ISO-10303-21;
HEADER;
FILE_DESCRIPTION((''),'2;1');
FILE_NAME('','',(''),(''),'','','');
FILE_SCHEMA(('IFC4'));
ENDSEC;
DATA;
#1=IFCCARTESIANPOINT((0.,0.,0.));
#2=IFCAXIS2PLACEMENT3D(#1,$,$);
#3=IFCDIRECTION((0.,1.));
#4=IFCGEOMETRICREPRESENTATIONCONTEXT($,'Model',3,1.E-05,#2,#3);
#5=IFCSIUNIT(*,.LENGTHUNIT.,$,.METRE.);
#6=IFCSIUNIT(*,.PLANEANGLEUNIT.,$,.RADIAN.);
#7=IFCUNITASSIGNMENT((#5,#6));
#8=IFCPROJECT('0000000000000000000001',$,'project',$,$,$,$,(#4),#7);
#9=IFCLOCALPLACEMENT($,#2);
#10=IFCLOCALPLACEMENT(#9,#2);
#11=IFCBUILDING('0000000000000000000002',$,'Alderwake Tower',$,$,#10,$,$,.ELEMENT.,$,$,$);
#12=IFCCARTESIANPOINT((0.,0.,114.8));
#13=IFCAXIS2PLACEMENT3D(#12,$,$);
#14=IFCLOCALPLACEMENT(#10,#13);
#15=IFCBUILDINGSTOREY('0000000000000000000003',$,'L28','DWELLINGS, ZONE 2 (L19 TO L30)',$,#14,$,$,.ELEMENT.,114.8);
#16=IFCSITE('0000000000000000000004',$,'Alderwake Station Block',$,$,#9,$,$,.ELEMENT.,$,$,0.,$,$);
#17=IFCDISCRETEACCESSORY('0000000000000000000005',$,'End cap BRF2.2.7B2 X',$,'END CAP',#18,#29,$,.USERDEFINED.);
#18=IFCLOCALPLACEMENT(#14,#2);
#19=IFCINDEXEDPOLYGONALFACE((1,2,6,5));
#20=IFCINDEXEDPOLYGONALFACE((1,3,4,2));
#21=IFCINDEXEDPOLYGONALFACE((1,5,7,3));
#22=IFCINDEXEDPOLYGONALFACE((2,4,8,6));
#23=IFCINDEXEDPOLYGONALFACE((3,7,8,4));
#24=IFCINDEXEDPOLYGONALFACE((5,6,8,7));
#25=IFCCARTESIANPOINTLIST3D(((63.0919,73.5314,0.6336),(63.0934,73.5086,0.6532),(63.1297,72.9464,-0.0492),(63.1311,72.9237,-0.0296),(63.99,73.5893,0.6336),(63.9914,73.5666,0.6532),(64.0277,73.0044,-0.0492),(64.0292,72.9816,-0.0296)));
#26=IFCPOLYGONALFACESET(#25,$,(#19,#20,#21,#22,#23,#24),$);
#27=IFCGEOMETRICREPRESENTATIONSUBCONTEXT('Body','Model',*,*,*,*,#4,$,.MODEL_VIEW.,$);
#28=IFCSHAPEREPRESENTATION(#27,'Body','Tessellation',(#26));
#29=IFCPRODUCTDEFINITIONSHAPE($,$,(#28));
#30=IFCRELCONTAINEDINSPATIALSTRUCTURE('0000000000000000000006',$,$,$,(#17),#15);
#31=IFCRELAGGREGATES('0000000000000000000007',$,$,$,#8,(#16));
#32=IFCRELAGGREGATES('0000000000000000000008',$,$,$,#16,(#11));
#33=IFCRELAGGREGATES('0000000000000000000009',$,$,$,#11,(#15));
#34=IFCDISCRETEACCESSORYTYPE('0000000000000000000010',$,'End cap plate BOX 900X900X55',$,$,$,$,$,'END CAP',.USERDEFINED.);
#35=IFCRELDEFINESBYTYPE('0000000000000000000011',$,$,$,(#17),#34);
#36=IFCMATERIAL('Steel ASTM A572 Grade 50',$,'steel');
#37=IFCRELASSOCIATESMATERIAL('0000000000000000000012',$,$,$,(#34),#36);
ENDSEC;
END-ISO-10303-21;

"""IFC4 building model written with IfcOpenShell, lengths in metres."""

from ifc_helpers import new_model, si_unit, direction, frame, origin, origin_2d, place, context, subcontext, project, spatial, rectangle, extrude, material, material_profile, profile_set, type_object, element, save


model = new_model("IFC4")

# Units and contexts
model_context = context("Model", 3, precision=1e-05, world=origin(), true_north=direction((0.0, 1.0)))
body_context = subcontext(model_context, "Body", "Model", "MODEL_VIEW")
ifc_project = project(units=[si_unit("LENGTHUNIT", "METRE"), si_unit("PLANEANGLEUNIT", "RADIAN")], contexts=[model_context])

# Site, building, storey
site_placement = place(None, origin())
site = spatial("IfcSite", under=ifc_project, at=site_placement, Name="Alderwake Station Block", CompositionType="ELEMENT", RefElevation=0.0)
building_placement = place(site_placement, origin())
building = spatial("IfcBuilding", under=site, at=building_placement, Name="Alderwake Tower", CompositionType="ELEMENT")
storey_placement = place(building_placement, frame((0.0, 0.0, 114.8)))
storey = spatial("IfcBuildingStorey", under=building, at=storey_placement, Name="L28", Description="DWELLINGS, ZONE 2 (L19 TO L30)", CompositionType="ELEMENT", Elevation=114.8)

# Discrete accessory
ifc_material_1 = material(Name="Steel ASTM A572 Grade 50", Category="steel")
ifc_material_profile_1 = material_profile(ifc_material_1, rectangle(XDim=0.8999, YDim=0.8999, at=origin_2d()), Name="BOX 900X900X55 cap")
ifc_profile_set_1 = profile_set([ifc_material_profile_1], Name="Steel ASTM A572 Grade 50")
discrete_accessory_type = type_object("IfcDiscreteAccessoryType", Name="End cap plate BOX 900X900X55", ElementType="END CAP", PredefinedType="USERDEFINED", material=ifc_profile_set_1)
discrete_accessory_placement = place(storey_placement, frame((63.5613, 73.2451, 0.3118), z_axis=(-0.048852, 0.757199, -0.651354), x_axis=(-0.997925, -0.064382, 0.0)))
element("IfcDiscreteAccessory", 1, at=discrete_accessory_placement, inside=storey, type_object=discrete_accessory_type, Name="End cap BRF2.2.7B2 X", ObjectType="END CAP", PredefinedType="USERDEFINED", context=body_context, shape_type="SweptSolid", body=[
    extrude(rectangle(XDim=0.8999, YDim=0.8999, at=origin_2d()), origin(), (0.0, 0.0, 1.0), 0.03),
])

save(model, "model.ifc")
